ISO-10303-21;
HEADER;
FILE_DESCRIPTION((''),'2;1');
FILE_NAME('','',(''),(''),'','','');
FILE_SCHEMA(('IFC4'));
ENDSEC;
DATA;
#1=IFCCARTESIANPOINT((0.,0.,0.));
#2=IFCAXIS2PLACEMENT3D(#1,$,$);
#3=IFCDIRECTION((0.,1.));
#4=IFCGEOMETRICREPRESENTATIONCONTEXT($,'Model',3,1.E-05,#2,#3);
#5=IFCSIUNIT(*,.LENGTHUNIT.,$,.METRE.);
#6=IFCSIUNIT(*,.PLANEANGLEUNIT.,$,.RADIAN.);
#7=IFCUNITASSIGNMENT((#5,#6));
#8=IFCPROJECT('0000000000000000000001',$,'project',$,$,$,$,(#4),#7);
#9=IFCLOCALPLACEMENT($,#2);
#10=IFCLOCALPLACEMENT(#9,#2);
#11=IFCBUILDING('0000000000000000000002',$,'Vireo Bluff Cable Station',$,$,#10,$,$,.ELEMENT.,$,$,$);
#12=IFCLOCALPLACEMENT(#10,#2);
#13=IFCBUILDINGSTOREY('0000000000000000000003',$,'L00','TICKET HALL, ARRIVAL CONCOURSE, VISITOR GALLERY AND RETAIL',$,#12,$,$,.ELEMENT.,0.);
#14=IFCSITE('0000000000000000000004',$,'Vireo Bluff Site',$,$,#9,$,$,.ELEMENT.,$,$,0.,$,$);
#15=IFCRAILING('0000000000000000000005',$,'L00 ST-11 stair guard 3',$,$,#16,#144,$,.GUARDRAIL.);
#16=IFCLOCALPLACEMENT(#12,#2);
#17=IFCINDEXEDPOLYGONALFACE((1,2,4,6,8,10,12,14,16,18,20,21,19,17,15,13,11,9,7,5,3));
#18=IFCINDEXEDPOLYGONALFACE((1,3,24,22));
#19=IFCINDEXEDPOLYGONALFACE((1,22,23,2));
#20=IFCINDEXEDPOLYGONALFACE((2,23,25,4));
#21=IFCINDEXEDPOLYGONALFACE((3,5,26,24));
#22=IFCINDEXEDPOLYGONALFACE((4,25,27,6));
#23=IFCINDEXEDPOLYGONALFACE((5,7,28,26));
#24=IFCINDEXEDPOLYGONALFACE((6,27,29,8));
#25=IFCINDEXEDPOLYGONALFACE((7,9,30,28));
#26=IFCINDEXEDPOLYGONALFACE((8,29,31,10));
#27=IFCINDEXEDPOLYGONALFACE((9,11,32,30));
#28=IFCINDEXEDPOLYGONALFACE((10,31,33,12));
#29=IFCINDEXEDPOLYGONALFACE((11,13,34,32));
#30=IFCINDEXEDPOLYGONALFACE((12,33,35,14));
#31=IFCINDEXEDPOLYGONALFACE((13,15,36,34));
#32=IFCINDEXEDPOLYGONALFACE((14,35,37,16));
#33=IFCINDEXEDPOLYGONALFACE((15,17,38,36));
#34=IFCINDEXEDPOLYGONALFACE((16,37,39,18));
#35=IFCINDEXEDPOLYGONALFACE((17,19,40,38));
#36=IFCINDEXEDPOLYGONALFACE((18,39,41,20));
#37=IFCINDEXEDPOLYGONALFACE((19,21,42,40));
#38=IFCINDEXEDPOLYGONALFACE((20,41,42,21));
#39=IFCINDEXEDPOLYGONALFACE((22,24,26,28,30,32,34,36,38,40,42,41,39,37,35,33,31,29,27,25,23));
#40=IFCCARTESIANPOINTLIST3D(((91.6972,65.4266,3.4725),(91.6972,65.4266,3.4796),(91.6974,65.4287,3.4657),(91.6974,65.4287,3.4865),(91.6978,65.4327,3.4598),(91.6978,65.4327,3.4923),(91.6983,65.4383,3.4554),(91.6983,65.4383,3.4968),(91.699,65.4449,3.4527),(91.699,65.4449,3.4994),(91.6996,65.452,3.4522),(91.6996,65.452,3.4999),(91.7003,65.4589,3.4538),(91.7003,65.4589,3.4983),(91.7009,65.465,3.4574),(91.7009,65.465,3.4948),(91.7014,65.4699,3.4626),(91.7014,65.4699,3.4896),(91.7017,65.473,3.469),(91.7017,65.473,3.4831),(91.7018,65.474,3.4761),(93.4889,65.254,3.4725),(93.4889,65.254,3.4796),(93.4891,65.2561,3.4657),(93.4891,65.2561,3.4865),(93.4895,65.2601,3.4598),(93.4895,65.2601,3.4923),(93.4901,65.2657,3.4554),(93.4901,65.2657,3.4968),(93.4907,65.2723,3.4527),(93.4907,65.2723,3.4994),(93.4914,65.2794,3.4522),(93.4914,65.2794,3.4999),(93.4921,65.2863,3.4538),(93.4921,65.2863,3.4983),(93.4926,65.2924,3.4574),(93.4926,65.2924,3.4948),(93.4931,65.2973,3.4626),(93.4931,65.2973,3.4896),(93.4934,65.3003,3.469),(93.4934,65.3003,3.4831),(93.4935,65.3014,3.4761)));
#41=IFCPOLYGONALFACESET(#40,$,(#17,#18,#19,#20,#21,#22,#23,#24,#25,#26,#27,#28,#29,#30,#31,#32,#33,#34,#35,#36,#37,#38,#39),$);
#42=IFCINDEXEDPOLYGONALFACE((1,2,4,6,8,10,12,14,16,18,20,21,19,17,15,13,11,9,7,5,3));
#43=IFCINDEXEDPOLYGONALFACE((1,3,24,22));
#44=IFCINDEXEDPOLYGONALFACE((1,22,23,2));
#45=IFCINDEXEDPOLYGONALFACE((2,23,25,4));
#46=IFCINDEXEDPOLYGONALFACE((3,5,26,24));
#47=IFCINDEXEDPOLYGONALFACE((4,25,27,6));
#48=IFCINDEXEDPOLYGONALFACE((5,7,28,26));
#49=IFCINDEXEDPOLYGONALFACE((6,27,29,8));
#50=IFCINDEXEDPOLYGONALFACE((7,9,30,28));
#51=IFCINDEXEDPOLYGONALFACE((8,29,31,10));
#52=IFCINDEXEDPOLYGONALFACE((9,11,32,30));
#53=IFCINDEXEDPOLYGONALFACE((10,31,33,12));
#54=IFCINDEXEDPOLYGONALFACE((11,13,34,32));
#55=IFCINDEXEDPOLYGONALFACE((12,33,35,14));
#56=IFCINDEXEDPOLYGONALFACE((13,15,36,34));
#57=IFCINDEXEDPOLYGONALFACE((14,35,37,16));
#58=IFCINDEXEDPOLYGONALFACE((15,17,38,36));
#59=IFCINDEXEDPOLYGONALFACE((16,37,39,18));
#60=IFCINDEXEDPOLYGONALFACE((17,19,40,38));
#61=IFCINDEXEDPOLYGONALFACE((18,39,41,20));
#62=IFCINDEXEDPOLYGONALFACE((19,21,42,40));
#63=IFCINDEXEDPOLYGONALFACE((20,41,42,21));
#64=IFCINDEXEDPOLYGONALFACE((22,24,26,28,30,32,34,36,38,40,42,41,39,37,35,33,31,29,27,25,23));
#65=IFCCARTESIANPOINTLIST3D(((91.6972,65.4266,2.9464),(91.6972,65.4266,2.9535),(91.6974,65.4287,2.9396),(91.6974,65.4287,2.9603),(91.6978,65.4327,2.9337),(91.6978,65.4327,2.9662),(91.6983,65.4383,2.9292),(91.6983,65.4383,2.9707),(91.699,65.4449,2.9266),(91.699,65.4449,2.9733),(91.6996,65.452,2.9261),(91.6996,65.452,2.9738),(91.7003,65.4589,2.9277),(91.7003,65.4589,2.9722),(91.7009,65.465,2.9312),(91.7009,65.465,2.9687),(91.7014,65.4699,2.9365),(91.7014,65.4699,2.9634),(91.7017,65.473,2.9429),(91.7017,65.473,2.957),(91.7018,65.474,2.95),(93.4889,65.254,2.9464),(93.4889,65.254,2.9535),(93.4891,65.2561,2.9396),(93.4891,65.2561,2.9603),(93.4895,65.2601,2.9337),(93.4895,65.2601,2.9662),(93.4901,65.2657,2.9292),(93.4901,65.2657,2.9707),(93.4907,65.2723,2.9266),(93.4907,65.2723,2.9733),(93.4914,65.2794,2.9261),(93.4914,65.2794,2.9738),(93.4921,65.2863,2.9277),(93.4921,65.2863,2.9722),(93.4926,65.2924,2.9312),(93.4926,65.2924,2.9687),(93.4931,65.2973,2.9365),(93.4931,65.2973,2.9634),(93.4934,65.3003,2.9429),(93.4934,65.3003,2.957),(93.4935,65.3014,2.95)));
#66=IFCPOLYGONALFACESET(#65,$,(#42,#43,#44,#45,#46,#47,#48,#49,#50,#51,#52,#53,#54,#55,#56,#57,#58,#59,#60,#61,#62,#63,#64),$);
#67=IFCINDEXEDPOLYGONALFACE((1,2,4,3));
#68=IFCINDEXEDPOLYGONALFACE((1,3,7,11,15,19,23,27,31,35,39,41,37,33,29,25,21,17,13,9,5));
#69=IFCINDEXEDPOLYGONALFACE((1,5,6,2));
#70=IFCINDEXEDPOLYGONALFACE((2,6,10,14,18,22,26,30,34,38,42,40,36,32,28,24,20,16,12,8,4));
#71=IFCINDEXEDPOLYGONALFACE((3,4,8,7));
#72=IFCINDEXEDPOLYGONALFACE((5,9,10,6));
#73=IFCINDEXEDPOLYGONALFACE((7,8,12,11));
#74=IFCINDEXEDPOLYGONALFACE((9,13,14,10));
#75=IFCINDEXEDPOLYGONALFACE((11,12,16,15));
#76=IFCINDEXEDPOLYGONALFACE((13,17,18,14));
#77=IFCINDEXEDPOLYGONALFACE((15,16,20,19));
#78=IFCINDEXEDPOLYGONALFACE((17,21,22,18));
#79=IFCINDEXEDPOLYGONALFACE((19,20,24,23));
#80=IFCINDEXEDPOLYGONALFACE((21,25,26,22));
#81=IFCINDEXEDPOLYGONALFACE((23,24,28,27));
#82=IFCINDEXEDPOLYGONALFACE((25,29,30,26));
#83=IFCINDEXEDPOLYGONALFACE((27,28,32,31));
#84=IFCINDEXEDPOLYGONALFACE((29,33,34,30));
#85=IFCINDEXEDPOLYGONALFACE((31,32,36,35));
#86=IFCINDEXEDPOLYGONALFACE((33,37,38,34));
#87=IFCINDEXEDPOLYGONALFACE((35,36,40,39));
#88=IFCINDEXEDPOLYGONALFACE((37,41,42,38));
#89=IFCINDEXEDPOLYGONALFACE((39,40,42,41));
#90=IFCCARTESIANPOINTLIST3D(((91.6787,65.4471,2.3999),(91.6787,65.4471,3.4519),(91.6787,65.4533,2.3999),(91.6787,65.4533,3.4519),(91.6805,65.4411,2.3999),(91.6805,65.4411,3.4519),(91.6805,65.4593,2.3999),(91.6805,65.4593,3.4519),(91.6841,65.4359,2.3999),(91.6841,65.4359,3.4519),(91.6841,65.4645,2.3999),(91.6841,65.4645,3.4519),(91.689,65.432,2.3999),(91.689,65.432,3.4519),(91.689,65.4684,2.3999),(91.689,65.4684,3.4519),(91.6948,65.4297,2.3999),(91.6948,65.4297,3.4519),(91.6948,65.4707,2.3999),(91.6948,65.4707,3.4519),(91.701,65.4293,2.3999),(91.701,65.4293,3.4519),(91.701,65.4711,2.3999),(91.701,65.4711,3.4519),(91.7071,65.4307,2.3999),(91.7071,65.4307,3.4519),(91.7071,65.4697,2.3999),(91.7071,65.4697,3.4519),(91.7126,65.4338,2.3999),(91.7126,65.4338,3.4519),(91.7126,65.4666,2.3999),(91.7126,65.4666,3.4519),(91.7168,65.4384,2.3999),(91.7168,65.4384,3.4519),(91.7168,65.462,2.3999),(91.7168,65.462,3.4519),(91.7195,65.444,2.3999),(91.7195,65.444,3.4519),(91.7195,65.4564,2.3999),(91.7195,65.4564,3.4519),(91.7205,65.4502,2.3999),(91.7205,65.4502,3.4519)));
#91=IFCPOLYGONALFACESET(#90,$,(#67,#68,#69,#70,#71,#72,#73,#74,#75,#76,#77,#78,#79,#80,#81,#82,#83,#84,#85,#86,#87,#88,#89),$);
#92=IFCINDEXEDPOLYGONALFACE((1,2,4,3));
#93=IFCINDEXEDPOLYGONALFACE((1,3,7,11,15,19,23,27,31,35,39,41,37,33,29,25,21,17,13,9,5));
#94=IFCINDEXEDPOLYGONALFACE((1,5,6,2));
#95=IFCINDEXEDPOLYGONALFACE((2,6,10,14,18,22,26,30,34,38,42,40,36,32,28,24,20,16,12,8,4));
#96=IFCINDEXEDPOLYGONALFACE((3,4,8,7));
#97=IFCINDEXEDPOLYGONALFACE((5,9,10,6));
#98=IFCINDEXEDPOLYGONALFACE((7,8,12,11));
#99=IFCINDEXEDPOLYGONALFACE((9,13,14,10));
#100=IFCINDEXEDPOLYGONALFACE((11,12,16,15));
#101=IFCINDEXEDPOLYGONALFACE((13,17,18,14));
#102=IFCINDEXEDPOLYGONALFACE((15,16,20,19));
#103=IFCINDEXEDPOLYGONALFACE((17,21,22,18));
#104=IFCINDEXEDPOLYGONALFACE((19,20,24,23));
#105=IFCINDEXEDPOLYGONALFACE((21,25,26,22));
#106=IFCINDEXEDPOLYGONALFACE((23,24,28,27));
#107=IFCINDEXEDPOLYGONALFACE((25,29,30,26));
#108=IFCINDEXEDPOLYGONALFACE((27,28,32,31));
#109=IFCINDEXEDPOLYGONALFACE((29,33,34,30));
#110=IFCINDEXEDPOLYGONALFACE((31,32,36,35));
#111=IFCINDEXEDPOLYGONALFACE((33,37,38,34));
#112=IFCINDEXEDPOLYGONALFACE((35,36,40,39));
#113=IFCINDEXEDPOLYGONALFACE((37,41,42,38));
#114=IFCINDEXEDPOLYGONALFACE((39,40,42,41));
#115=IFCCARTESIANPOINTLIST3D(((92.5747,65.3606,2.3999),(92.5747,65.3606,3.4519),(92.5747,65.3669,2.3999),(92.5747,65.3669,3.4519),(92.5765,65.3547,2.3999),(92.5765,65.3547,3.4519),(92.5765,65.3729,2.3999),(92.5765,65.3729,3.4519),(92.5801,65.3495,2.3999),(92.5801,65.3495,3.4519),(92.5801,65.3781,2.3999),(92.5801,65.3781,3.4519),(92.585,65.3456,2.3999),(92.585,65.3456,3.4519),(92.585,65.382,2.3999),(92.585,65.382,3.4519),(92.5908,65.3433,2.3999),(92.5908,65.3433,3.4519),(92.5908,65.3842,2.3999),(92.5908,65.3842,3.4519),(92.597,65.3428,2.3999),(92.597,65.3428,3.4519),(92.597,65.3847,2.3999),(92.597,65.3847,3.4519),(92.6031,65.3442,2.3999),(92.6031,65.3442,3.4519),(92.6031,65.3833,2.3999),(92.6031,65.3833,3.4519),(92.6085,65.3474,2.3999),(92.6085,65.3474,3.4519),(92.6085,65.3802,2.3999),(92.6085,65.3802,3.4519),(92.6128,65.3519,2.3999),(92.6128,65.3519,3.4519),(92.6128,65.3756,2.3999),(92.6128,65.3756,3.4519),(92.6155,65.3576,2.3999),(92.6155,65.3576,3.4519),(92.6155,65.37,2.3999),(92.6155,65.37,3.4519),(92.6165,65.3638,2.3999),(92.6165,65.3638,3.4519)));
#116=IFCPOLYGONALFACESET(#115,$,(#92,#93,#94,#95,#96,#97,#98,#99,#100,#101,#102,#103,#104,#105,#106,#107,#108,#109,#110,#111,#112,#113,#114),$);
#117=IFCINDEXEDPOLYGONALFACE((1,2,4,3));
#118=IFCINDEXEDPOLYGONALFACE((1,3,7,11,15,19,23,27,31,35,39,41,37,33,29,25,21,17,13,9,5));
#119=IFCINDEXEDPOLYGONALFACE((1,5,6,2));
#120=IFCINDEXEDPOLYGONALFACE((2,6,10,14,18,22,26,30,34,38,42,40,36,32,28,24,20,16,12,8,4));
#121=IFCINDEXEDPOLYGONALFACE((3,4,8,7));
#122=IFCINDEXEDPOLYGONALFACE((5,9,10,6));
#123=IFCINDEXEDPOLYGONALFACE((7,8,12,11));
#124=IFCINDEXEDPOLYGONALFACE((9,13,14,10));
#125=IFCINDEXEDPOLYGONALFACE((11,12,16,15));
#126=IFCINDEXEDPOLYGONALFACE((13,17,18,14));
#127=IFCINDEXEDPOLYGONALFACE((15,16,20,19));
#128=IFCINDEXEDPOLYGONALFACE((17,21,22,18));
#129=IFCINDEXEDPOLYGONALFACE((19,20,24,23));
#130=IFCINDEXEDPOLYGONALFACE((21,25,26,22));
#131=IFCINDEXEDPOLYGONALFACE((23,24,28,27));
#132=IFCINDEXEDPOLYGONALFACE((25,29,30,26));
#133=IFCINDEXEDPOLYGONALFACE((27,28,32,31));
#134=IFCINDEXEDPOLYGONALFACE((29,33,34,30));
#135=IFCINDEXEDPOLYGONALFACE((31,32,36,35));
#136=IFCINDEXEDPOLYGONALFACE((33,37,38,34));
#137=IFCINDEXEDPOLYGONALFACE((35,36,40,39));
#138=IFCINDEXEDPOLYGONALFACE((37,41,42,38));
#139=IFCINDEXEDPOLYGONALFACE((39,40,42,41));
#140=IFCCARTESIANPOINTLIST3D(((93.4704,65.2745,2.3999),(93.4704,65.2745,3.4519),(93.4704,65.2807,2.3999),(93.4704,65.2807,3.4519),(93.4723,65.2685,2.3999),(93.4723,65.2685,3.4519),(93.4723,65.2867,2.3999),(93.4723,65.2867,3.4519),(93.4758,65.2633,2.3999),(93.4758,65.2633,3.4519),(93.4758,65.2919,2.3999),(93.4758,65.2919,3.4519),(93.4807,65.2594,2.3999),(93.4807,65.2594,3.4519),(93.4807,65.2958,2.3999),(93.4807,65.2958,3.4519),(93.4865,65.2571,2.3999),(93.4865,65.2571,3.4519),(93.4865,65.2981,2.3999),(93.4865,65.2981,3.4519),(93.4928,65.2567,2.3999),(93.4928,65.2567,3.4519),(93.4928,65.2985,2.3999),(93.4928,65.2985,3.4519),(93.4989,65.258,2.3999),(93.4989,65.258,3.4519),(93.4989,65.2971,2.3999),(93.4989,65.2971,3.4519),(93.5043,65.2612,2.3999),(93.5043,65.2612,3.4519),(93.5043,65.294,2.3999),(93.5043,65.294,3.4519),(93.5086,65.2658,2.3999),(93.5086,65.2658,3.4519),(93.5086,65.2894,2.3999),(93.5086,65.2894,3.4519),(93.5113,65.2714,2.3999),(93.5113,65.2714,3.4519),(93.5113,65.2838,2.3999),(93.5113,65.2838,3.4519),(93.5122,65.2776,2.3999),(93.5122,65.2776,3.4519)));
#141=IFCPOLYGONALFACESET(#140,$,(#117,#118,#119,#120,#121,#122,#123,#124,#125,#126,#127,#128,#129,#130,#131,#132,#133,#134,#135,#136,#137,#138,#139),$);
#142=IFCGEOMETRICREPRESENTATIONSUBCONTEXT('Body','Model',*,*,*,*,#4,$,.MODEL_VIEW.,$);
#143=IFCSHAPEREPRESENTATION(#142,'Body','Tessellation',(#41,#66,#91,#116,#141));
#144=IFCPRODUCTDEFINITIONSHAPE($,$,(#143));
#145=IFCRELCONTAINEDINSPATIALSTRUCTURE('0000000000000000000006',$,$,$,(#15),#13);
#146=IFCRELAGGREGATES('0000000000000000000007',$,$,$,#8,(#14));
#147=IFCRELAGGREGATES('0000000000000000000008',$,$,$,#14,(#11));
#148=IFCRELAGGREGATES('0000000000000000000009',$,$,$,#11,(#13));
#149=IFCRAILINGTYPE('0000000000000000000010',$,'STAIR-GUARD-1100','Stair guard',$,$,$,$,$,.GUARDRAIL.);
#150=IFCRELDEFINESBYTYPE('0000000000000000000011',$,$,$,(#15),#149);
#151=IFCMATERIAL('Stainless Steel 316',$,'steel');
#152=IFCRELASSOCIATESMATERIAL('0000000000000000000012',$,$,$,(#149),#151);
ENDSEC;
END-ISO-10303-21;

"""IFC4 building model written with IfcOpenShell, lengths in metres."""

from ifc_helpers import new_model, si_unit, direction, frame, origin, origin_2d, place, context, subcontext, project, spatial, circle, extrude, material, type_object, element, save


model = new_model("IFC4")

# Units and contexts
model_context = context("Model", 3, precision=1e-05, world=origin(), true_north=direction((0.0, 1.0)))
body_context = subcontext(model_context, "Body", "Model", "MODEL_VIEW")
ifc_project = project(units=[si_unit("LENGTHUNIT", "METRE"), si_unit("PLANEANGLEUNIT", "RADIAN")], contexts=[model_context])

# Site, building, storey
site_placement = place(None, origin())
site = spatial("IfcSite", under=ifc_project, at=site_placement, Name="Vireo Bluff Site", CompositionType="ELEMENT", RefElevation=0.0)
building_placement = place(site_placement, origin())
building = spatial("IfcBuilding", under=site, at=building_placement, Name="Vireo Bluff Cable Station", CompositionType="ELEMENT")
storey_placement = place(building_placement, origin())
storey = spatial("IfcBuildingStorey", under=building, at=storey_placement, Name="L00", Description="TICKET HALL, ARRIVAL CONCOURSE, VISITOR GALLERY AND RETAIL", CompositionType="ELEMENT", Elevation=0.0)

# Railing
ifc_material_1 = material(Name="Stainless Steel 316", Category="steel")
railing_type = type_object("IfcRailingType", Name="STAIR-GUARD-1100", Description="Stair guard", PredefinedType="GUARDRAIL", material=ifc_material_1)
railing_1_placement = place(storey_placement, frame((91.6995, 65.4502, 2.3999)))
element("IfcRailing", 1, at=railing_1_placement, inside=storey, type_object=railing_type, Name="L00 ST-11 stair guard 3", PredefinedType="GUARDRAIL", context=body_context, shape_type="SweptSolid", body=[
    extrude(circle(Radius=0.0239, at=origin_2d()), frame((0.0, 0.0, 1.0762), z_axis=(0.995392, -0.095891, 0.0), x_axis=(0.095891, 0.995392, 0.0)), (0.0, 0.0, 1.0), 1.8),
    extrude(circle(Radius=0.0239, at=origin_2d()), frame((0.0, 0.0, 0.55), z_axis=(0.995392, -0.095891, 0.0), x_axis=(0.095891, 0.995392, 0.0)), (0.0, 0.0, 1.0), 1.8),
    extrude(circle(Radius=0.021, at=origin_2d()), origin(), (0.0, 0.0, 1.0), 1.052),
    extrude(circle(Radius=0.021, at=origin_2d()), frame((0.896, -0.0864, 0.0)), (0.0, 0.0, 1.0), 1.052),
    extrude(circle(Radius=0.021, at=origin_2d()), frame((1.7917, -0.1726, 0.0)), (0.0, 0.0, 1.0), 1.052),
])

save(model, "model.ifc")
